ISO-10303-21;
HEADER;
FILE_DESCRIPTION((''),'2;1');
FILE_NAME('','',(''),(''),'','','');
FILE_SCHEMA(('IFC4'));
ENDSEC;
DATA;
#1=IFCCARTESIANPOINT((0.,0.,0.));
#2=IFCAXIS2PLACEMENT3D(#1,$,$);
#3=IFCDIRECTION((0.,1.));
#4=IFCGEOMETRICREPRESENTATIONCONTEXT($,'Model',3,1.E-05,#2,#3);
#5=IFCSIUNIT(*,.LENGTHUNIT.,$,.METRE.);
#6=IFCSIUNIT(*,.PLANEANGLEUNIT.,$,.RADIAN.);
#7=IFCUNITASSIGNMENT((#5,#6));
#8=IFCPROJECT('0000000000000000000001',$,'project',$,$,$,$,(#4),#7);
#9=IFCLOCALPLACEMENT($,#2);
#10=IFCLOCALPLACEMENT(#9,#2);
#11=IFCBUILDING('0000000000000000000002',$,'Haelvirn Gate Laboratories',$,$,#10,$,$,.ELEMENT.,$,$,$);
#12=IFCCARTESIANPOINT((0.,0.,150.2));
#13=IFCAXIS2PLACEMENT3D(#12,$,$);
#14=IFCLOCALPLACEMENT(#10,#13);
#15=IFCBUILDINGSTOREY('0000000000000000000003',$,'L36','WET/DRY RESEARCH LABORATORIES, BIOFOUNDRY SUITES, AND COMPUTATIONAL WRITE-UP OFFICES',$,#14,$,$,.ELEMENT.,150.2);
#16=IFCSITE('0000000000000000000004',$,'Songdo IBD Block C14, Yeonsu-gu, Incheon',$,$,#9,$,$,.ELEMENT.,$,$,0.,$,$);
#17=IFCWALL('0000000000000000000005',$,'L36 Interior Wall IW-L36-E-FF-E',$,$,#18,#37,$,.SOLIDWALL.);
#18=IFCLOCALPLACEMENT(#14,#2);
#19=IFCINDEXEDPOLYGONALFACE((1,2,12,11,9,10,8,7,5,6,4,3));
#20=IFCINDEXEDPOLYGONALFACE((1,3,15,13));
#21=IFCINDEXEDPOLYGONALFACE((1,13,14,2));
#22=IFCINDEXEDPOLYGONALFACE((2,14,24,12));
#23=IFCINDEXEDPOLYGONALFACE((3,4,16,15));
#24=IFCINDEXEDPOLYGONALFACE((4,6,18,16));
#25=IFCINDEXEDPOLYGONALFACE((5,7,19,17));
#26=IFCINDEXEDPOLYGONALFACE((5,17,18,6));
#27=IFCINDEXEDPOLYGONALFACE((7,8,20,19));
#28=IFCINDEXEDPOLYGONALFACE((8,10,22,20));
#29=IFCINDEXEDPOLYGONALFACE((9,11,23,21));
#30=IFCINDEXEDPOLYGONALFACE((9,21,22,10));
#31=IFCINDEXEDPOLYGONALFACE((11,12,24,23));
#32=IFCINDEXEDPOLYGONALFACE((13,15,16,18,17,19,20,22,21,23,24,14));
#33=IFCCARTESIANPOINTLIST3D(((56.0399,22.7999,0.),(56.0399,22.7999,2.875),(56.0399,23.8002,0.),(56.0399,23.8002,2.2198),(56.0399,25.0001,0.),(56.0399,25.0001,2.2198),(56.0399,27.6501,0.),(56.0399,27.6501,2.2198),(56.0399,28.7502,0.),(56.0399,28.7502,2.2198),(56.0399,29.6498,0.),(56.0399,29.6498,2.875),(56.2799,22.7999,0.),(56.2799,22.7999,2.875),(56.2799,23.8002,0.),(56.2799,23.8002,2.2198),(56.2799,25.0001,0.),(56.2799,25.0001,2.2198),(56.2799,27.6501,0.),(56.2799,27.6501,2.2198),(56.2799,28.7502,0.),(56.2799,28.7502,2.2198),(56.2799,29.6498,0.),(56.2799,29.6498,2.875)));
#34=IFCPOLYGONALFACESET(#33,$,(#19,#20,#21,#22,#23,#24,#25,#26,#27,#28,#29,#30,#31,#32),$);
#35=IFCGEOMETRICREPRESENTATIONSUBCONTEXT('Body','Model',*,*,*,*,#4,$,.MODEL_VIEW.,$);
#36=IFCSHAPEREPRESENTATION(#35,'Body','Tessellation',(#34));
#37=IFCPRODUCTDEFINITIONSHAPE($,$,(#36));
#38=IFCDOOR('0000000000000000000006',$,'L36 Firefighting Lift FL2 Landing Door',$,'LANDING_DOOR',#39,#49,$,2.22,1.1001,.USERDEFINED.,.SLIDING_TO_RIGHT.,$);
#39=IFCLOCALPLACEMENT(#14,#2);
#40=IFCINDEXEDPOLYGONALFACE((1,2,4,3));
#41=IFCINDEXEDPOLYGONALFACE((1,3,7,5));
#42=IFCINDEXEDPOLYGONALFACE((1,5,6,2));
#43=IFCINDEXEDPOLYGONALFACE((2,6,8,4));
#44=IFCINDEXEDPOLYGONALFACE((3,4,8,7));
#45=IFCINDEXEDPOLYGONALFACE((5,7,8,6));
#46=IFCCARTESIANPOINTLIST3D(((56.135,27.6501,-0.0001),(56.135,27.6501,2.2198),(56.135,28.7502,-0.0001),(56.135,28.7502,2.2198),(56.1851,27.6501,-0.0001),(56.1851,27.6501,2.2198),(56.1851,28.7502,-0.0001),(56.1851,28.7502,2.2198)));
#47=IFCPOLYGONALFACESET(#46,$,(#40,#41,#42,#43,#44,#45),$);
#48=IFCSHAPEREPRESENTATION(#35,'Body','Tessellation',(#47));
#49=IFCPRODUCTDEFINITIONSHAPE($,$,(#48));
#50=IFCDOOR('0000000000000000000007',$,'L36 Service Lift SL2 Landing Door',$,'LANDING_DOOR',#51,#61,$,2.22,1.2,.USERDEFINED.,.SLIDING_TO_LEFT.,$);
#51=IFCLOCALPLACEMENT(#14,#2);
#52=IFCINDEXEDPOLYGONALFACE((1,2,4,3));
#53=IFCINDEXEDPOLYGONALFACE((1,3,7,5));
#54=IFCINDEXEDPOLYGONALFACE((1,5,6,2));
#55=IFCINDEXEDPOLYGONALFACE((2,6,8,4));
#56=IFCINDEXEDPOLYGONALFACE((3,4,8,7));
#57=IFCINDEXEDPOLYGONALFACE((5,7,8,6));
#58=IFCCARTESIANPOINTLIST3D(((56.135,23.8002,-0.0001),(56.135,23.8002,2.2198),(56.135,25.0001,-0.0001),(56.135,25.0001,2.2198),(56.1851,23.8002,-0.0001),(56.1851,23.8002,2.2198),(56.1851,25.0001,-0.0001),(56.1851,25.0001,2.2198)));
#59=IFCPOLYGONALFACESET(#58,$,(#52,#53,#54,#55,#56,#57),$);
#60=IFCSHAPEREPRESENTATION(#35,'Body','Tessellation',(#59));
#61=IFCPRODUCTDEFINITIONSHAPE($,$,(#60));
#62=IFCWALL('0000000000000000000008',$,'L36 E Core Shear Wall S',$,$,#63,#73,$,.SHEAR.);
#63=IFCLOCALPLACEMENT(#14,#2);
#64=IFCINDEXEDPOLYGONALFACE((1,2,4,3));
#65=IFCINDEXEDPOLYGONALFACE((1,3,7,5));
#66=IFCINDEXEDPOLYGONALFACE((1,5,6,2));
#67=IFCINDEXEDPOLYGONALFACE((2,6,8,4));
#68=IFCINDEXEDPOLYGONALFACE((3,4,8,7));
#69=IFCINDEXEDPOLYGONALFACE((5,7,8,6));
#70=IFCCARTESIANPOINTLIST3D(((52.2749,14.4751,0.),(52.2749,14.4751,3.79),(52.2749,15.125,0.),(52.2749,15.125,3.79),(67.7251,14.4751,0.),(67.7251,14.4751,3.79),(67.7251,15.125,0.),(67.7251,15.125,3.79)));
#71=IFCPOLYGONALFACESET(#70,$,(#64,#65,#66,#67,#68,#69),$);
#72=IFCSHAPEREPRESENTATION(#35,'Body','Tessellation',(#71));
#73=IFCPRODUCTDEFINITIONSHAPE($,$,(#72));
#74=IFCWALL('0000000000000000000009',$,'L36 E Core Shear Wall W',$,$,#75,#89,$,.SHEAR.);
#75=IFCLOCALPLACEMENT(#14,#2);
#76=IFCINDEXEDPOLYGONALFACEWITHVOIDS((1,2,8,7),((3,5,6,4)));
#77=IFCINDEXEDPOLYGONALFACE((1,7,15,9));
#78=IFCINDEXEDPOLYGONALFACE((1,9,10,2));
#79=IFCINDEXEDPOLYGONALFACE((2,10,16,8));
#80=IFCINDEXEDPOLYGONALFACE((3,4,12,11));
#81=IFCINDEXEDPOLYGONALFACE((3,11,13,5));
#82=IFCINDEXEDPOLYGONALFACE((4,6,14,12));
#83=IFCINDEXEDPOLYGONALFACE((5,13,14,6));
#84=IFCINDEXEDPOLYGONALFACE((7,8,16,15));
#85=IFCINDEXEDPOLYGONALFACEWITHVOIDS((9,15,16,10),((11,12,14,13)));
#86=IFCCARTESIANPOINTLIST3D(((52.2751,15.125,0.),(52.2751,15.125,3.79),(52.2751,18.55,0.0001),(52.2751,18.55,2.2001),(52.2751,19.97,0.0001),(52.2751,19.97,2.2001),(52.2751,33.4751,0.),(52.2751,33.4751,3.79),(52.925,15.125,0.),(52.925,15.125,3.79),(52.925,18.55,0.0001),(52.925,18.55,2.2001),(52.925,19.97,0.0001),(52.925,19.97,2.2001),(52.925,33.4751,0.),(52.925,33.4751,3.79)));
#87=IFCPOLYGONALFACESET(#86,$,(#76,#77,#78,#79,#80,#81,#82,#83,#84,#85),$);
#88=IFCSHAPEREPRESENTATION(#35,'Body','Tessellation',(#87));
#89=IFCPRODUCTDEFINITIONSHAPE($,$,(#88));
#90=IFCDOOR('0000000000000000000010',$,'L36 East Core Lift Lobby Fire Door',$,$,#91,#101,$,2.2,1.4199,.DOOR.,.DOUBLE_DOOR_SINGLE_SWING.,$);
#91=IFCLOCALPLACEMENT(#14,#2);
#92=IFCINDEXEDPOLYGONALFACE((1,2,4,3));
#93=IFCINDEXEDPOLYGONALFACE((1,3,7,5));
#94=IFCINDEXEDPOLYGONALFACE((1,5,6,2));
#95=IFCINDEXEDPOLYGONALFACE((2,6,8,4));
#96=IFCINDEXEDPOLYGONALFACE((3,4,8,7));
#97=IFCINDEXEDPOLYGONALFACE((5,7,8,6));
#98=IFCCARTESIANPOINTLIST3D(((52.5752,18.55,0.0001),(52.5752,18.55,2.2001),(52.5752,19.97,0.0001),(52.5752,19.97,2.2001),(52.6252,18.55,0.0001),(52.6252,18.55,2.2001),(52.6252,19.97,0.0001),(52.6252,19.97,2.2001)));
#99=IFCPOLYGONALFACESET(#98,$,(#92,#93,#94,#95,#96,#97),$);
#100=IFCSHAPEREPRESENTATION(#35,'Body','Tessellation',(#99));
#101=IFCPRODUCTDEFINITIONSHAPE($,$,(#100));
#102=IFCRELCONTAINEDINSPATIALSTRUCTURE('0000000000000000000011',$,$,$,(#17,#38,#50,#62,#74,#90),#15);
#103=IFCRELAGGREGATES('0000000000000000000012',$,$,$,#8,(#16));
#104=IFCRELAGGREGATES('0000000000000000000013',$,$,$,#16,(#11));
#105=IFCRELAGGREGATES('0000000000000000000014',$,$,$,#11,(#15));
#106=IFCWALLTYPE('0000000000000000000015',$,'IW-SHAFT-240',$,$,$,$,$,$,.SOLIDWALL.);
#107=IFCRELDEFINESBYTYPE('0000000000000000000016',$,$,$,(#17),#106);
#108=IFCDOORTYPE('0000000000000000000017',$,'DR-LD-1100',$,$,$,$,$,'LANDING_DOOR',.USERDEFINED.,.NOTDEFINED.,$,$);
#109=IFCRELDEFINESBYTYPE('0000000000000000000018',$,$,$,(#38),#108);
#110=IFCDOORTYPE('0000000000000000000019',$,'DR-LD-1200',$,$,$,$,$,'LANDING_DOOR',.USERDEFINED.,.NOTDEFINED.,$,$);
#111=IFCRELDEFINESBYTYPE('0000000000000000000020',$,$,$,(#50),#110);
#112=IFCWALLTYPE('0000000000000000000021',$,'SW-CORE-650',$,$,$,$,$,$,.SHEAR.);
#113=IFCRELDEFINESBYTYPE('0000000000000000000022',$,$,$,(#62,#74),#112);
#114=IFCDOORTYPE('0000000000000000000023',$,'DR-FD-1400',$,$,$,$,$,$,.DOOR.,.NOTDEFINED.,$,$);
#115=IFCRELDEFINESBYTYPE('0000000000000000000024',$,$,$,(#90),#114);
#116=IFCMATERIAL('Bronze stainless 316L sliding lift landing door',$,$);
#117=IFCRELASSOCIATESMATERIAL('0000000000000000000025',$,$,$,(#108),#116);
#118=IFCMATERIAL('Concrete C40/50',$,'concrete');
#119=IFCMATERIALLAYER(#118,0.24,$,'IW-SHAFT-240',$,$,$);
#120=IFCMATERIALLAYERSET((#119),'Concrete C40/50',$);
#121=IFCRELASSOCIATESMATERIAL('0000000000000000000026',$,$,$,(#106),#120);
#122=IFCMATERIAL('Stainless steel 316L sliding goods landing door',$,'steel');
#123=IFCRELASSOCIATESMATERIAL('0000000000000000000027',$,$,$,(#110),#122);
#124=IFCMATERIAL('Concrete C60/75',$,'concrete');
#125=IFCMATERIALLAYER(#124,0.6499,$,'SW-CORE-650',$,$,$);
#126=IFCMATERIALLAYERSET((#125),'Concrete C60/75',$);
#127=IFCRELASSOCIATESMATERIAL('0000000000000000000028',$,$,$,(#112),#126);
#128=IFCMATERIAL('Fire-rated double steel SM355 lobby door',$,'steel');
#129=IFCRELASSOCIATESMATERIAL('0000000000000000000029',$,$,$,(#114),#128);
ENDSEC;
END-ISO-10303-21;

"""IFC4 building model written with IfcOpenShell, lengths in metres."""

from ifc_helpers import new_model, si_unit, direction, frame, frame_2d, origin, place, context, subcontext, project, spatial, rectangle, extrude, source, transform, mapped, material, layer, layer_set, type_object, type_shapes, element, fill, save


model = new_model("IFC4")

# Units and contexts
model_context = context("Model", 3, precision=1e-05, world=origin(), true_north=direction((0.0, 1.0)))
body_context = subcontext(model_context, "Body", "Model", "MODEL_VIEW")
ifc_project = project(units=[si_unit("LENGTHUNIT", "METRE"), si_unit("PLANEANGLEUNIT", "RADIAN")], contexts=[model_context])

# Site, building, storey
site_placement = place(None, origin())
site = spatial("IfcSite", under=ifc_project, at=site_placement, Name="Songdo IBD Block C14, Yeonsu-gu, Incheon", CompositionType="ELEMENT", RefElevation=0.0)
building_placement = place(site_placement, origin())
building = spatial("IfcBuilding", under=site, at=building_placement, Name="Haelvirn Gate Laboratories", CompositionType="ELEMENT")
storey_placement = place(building_placement, frame((0.0, 0.0, 150.2)))
storey = spatial("IfcBuildingStorey", under=building, at=storey_placement, Name="L36", Description="WET/DRY RESEARCH LABORATORIES, BIOFOUNDRY SUITES, AND COMPUTATIONAL WRITE-UP OFFICES", CompositionType="ELEMENT", Elevation=150.2)

# Shared definitions
ifc_material_1 = material(Name="Concrete C60/75", Category="concrete")

# Shared definitions
ifc_material_2 = material(Name="Concrete C40/50", Category="concrete")

# Shared definitions
ifc_material_3 = material(Name="Bronze stainless 316L sliding lift landing door")
door_type_1 = type_object("IfcDoorType", Name="DR-LD-1100", ElementType="LANDING_DOOR", OperationType="NOTDEFINED", PredefinedType="USERDEFINED", material=ifc_material_3)
shared_shape_1 = source(origin(), body_context, "Body", "SweptSolid", [
    extrude(rectangle(XDim=1.1001, YDim=2.22, at=frame_2d((0.55, 1.1099))), frame((0.0, 0.0249, 0.0), z_axis=(0.0, -1.0, 0.0), x_axis=(1.0, 0.0, 0.0)), (0.0, 0.0, 1.0), 0.05),
])
type_shapes(door_type_1, [shared_shape_1])

# Wall, openings, doors
ifc_layer_1 = layer(ifc_material_2, 0.24, Name="IW-SHAFT-240")
ifc_layer_set_1 = layer_set([ifc_layer_1], Name="Concrete C40/50")
wall_type_1 = type_object("IfcWallType", Name="IW-SHAFT-240", PredefinedType="SOLIDWALL", material=ifc_layer_set_1)
wall_1_placement = place(storey_placement, frame((56.1599, 22.8, 0.0), z_axis=(0.0, 0.0, 1.0), x_axis=(0.0, 1.0, 0.0)))
wall_1 = element("IfcWall", 1, at=wall_1_placement, inside=storey, type_object=wall_type_1, Name="L36 Interior Wall IW-L36-E-FF-E", PredefinedType="SOLIDWALL", context=body_context, shape_type="SweptSolid", body=[
    extrude(rectangle(XDim=6.8499, YDim=0.24, at=frame_2d((3.4248, 0.0))), origin(), (0.0, 0.0, 1.0), 2.875),
])
opening_1_placement = place(wall_1_placement, frame((4.8501, 0.0, 0.0)))
opening_1 = element("IfcOpeningElement", 2, at=opening_1_placement, cuts=wall_1, PredefinedType="OPENING", context=body_context, shape_type="SweptSolid", body=[
    extrude(rectangle(XDim=1.1001, YDim=2.22, at=frame_2d((0.55, 1.1099))), frame((0.0, 0.1299, 0.0), z_axis=(0.0, -1.0, 0.0), x_axis=(1.0, 0.0, 0.0)), (0.0, 0.0, 1.0), 0.26),
])
opening_2_placement = place(wall_1_placement, frame((1.0, 0.0, 0.0)))
opening_2 = element("IfcOpeningElement", 3, at=opening_2_placement, cuts=wall_1, PredefinedType="OPENING", context=body_context, shape_type="SweptSolid", body=[
    extrude(rectangle(XDim=1.2, YDim=2.22, at=frame_2d((0.6001, 1.1099))), frame((0.0, 0.1299, 0.0), z_axis=(0.0, -1.0, 0.0), x_axis=(1.0, 0.0, 0.0)), (0.0, 0.0, 1.0), 0.26),
])
door_1_placement = place(opening_1_placement, origin())
door_1 = element("IfcDoor", 4, at=door_1_placement, inside=storey, type_object=door_type_1, Name="L36 Firefighting Lift FL2 Landing Door", ObjectType="LANDING_DOOR", OperationType="SLIDING_TO_RIGHT", OverallHeight=2.22, OverallWidth=1.1001, PredefinedType="USERDEFINED", context=body_context, shape_type="MappedRepresentation", body=[
    mapped(shared_shape_1, transform((0.0, 0.0, 0.0), scale=1.0)),
])
fill(opening_1, door_1)
ifc_material_4 = material(Name="Stainless steel 316L sliding goods landing door", Category="steel")
door_type_2 = type_object("IfcDoorType", Name="DR-LD-1200", ElementType="LANDING_DOOR", OperationType="NOTDEFINED", PredefinedType="USERDEFINED", material=ifc_material_4)
shared_shape_2 = source(origin(), body_context, "Body", "SweptSolid", [
    extrude(rectangle(XDim=1.2, YDim=2.22, at=frame_2d((0.6001, 1.1099))), frame((0.0, 0.0249, 0.0), z_axis=(0.0, -1.0, 0.0), x_axis=(1.0, 0.0, 0.0)), (0.0, 0.0, 1.0), 0.05),
])
type_shapes(door_type_2, [shared_shape_2])
door_2_placement = place(opening_2_placement, origin())
door_2 = element("IfcDoor", 5, at=door_2_placement, inside=storey, type_object=door_type_2, Name="L36 Service Lift SL2 Landing Door", ObjectType="LANDING_DOOR", OperationType="SLIDING_TO_LEFT", OverallHeight=2.22, OverallWidth=1.2, PredefinedType="USERDEFINED", context=body_context, shape_type="MappedRepresentation", body=[
    mapped(shared_shape_2, transform((0.0, 0.0, 0.0), scale=1.0)),
])
fill(opening_2, door_2)

# Wall
ifc_layer_2 = layer(ifc_material_1, 0.6499, Name="SW-CORE-650")
ifc_layer_set_2 = layer_set([ifc_layer_2], Name="Concrete C60/75")
wall_type_2 = type_object("IfcWallType", Name="SW-CORE-650", PredefinedType="SHEAR", material=ifc_layer_set_2)
wall_2_placement = place(storey_placement, frame((52.2749, 14.8, 0.0), z_axis=(0.0, 0.0, 1.0), x_axis=(1.0, 0.0, 0.0)))
element("IfcWall", 6, at=wall_2_placement, inside=storey, type_object=wall_type_2, Name="L36 E Core Shear Wall S", PredefinedType="SHEAR", context=body_context, shape_type="SweptSolid", body=[
    extrude(rectangle(XDim=15.4502, YDim=0.6499, at=frame_2d((7.7251, 0.0))), origin(), (0.0, 0.0, 1.0), 3.79),
])

# Wall, opening, door
wall_3_placement = place(storey_placement, frame((52.6001, 15.125, 0.0), z_axis=(0.0, 0.0, 1.0), x_axis=(0.0, 1.0, 0.0)))
wall_3 = element("IfcWall", 7, at=wall_3_placement, inside=storey, type_object=wall_type_2, Name="L36 E Core Shear Wall W", PredefinedType="SHEAR", context=body_context, shape_type="SweptSolid", body=[
    extrude(rectangle(XDim=18.3501, YDim=0.6499, at=frame_2d((9.175, 0.0))), origin(), (0.0, 0.0, 1.0), 3.79),
])
opening_3_placement = place(wall_3_placement, frame((3.425, 0.0, 0.0)))
opening_3 = element("IfcOpeningElement", 8, at=opening_3_placement, cuts=wall_3, PredefinedType="OPENING", context=body_context, shape_type="SweptSolid", body=[
    extrude(rectangle(XDim=1.4199, YDim=2.2, at=frame_2d((0.71, 1.1001))), frame((0.0, 0.335, 0.0), z_axis=(0.0, -1.0, 0.0), x_axis=(1.0, 0.0, 0.0)), (0.0, 0.0, 1.0), 0.6699),
])
ifc_material_5 = material(Name="Fire-rated double steel SM355 lobby door", Category="steel")
door_type_3 = type_object("IfcDoorType", Name="DR-FD-1400", OperationType="NOTDEFINED", PredefinedType="DOOR", material=ifc_material_5)
shared_shape_3 = source(origin(), body_context, "Body", "SweptSolid", [
    extrude(rectangle(XDim=1.4199, YDim=2.2, at=frame_2d((0.71, 1.1001))), frame((0.0, 0.0249, 0.0), z_axis=(0.0, -1.0, 0.0), x_axis=(1.0, 0.0, 0.0)), (0.0, 0.0, 1.0), 0.05),
])
type_shapes(door_type_3, [shared_shape_3])
door_3_placement = place(opening_3_placement, origin())
door_3 = element("IfcDoor", 9, at=door_3_placement, inside=storey, type_object=door_type_3, Name="L36 East Core Lift Lobby Fire Door", OperationType="DOUBLE_DOOR_SINGLE_SWING", OverallHeight=2.2, OverallWidth=1.4199, PredefinedType="DOOR", context=body_context, shape_type="MappedRepresentation", body=[
    mapped(shared_shape_3, transform((0.0, 0.0, 0.0), scale=1.0)),
])
fill(opening_3, door_3)

save(model, "model.ifc")
